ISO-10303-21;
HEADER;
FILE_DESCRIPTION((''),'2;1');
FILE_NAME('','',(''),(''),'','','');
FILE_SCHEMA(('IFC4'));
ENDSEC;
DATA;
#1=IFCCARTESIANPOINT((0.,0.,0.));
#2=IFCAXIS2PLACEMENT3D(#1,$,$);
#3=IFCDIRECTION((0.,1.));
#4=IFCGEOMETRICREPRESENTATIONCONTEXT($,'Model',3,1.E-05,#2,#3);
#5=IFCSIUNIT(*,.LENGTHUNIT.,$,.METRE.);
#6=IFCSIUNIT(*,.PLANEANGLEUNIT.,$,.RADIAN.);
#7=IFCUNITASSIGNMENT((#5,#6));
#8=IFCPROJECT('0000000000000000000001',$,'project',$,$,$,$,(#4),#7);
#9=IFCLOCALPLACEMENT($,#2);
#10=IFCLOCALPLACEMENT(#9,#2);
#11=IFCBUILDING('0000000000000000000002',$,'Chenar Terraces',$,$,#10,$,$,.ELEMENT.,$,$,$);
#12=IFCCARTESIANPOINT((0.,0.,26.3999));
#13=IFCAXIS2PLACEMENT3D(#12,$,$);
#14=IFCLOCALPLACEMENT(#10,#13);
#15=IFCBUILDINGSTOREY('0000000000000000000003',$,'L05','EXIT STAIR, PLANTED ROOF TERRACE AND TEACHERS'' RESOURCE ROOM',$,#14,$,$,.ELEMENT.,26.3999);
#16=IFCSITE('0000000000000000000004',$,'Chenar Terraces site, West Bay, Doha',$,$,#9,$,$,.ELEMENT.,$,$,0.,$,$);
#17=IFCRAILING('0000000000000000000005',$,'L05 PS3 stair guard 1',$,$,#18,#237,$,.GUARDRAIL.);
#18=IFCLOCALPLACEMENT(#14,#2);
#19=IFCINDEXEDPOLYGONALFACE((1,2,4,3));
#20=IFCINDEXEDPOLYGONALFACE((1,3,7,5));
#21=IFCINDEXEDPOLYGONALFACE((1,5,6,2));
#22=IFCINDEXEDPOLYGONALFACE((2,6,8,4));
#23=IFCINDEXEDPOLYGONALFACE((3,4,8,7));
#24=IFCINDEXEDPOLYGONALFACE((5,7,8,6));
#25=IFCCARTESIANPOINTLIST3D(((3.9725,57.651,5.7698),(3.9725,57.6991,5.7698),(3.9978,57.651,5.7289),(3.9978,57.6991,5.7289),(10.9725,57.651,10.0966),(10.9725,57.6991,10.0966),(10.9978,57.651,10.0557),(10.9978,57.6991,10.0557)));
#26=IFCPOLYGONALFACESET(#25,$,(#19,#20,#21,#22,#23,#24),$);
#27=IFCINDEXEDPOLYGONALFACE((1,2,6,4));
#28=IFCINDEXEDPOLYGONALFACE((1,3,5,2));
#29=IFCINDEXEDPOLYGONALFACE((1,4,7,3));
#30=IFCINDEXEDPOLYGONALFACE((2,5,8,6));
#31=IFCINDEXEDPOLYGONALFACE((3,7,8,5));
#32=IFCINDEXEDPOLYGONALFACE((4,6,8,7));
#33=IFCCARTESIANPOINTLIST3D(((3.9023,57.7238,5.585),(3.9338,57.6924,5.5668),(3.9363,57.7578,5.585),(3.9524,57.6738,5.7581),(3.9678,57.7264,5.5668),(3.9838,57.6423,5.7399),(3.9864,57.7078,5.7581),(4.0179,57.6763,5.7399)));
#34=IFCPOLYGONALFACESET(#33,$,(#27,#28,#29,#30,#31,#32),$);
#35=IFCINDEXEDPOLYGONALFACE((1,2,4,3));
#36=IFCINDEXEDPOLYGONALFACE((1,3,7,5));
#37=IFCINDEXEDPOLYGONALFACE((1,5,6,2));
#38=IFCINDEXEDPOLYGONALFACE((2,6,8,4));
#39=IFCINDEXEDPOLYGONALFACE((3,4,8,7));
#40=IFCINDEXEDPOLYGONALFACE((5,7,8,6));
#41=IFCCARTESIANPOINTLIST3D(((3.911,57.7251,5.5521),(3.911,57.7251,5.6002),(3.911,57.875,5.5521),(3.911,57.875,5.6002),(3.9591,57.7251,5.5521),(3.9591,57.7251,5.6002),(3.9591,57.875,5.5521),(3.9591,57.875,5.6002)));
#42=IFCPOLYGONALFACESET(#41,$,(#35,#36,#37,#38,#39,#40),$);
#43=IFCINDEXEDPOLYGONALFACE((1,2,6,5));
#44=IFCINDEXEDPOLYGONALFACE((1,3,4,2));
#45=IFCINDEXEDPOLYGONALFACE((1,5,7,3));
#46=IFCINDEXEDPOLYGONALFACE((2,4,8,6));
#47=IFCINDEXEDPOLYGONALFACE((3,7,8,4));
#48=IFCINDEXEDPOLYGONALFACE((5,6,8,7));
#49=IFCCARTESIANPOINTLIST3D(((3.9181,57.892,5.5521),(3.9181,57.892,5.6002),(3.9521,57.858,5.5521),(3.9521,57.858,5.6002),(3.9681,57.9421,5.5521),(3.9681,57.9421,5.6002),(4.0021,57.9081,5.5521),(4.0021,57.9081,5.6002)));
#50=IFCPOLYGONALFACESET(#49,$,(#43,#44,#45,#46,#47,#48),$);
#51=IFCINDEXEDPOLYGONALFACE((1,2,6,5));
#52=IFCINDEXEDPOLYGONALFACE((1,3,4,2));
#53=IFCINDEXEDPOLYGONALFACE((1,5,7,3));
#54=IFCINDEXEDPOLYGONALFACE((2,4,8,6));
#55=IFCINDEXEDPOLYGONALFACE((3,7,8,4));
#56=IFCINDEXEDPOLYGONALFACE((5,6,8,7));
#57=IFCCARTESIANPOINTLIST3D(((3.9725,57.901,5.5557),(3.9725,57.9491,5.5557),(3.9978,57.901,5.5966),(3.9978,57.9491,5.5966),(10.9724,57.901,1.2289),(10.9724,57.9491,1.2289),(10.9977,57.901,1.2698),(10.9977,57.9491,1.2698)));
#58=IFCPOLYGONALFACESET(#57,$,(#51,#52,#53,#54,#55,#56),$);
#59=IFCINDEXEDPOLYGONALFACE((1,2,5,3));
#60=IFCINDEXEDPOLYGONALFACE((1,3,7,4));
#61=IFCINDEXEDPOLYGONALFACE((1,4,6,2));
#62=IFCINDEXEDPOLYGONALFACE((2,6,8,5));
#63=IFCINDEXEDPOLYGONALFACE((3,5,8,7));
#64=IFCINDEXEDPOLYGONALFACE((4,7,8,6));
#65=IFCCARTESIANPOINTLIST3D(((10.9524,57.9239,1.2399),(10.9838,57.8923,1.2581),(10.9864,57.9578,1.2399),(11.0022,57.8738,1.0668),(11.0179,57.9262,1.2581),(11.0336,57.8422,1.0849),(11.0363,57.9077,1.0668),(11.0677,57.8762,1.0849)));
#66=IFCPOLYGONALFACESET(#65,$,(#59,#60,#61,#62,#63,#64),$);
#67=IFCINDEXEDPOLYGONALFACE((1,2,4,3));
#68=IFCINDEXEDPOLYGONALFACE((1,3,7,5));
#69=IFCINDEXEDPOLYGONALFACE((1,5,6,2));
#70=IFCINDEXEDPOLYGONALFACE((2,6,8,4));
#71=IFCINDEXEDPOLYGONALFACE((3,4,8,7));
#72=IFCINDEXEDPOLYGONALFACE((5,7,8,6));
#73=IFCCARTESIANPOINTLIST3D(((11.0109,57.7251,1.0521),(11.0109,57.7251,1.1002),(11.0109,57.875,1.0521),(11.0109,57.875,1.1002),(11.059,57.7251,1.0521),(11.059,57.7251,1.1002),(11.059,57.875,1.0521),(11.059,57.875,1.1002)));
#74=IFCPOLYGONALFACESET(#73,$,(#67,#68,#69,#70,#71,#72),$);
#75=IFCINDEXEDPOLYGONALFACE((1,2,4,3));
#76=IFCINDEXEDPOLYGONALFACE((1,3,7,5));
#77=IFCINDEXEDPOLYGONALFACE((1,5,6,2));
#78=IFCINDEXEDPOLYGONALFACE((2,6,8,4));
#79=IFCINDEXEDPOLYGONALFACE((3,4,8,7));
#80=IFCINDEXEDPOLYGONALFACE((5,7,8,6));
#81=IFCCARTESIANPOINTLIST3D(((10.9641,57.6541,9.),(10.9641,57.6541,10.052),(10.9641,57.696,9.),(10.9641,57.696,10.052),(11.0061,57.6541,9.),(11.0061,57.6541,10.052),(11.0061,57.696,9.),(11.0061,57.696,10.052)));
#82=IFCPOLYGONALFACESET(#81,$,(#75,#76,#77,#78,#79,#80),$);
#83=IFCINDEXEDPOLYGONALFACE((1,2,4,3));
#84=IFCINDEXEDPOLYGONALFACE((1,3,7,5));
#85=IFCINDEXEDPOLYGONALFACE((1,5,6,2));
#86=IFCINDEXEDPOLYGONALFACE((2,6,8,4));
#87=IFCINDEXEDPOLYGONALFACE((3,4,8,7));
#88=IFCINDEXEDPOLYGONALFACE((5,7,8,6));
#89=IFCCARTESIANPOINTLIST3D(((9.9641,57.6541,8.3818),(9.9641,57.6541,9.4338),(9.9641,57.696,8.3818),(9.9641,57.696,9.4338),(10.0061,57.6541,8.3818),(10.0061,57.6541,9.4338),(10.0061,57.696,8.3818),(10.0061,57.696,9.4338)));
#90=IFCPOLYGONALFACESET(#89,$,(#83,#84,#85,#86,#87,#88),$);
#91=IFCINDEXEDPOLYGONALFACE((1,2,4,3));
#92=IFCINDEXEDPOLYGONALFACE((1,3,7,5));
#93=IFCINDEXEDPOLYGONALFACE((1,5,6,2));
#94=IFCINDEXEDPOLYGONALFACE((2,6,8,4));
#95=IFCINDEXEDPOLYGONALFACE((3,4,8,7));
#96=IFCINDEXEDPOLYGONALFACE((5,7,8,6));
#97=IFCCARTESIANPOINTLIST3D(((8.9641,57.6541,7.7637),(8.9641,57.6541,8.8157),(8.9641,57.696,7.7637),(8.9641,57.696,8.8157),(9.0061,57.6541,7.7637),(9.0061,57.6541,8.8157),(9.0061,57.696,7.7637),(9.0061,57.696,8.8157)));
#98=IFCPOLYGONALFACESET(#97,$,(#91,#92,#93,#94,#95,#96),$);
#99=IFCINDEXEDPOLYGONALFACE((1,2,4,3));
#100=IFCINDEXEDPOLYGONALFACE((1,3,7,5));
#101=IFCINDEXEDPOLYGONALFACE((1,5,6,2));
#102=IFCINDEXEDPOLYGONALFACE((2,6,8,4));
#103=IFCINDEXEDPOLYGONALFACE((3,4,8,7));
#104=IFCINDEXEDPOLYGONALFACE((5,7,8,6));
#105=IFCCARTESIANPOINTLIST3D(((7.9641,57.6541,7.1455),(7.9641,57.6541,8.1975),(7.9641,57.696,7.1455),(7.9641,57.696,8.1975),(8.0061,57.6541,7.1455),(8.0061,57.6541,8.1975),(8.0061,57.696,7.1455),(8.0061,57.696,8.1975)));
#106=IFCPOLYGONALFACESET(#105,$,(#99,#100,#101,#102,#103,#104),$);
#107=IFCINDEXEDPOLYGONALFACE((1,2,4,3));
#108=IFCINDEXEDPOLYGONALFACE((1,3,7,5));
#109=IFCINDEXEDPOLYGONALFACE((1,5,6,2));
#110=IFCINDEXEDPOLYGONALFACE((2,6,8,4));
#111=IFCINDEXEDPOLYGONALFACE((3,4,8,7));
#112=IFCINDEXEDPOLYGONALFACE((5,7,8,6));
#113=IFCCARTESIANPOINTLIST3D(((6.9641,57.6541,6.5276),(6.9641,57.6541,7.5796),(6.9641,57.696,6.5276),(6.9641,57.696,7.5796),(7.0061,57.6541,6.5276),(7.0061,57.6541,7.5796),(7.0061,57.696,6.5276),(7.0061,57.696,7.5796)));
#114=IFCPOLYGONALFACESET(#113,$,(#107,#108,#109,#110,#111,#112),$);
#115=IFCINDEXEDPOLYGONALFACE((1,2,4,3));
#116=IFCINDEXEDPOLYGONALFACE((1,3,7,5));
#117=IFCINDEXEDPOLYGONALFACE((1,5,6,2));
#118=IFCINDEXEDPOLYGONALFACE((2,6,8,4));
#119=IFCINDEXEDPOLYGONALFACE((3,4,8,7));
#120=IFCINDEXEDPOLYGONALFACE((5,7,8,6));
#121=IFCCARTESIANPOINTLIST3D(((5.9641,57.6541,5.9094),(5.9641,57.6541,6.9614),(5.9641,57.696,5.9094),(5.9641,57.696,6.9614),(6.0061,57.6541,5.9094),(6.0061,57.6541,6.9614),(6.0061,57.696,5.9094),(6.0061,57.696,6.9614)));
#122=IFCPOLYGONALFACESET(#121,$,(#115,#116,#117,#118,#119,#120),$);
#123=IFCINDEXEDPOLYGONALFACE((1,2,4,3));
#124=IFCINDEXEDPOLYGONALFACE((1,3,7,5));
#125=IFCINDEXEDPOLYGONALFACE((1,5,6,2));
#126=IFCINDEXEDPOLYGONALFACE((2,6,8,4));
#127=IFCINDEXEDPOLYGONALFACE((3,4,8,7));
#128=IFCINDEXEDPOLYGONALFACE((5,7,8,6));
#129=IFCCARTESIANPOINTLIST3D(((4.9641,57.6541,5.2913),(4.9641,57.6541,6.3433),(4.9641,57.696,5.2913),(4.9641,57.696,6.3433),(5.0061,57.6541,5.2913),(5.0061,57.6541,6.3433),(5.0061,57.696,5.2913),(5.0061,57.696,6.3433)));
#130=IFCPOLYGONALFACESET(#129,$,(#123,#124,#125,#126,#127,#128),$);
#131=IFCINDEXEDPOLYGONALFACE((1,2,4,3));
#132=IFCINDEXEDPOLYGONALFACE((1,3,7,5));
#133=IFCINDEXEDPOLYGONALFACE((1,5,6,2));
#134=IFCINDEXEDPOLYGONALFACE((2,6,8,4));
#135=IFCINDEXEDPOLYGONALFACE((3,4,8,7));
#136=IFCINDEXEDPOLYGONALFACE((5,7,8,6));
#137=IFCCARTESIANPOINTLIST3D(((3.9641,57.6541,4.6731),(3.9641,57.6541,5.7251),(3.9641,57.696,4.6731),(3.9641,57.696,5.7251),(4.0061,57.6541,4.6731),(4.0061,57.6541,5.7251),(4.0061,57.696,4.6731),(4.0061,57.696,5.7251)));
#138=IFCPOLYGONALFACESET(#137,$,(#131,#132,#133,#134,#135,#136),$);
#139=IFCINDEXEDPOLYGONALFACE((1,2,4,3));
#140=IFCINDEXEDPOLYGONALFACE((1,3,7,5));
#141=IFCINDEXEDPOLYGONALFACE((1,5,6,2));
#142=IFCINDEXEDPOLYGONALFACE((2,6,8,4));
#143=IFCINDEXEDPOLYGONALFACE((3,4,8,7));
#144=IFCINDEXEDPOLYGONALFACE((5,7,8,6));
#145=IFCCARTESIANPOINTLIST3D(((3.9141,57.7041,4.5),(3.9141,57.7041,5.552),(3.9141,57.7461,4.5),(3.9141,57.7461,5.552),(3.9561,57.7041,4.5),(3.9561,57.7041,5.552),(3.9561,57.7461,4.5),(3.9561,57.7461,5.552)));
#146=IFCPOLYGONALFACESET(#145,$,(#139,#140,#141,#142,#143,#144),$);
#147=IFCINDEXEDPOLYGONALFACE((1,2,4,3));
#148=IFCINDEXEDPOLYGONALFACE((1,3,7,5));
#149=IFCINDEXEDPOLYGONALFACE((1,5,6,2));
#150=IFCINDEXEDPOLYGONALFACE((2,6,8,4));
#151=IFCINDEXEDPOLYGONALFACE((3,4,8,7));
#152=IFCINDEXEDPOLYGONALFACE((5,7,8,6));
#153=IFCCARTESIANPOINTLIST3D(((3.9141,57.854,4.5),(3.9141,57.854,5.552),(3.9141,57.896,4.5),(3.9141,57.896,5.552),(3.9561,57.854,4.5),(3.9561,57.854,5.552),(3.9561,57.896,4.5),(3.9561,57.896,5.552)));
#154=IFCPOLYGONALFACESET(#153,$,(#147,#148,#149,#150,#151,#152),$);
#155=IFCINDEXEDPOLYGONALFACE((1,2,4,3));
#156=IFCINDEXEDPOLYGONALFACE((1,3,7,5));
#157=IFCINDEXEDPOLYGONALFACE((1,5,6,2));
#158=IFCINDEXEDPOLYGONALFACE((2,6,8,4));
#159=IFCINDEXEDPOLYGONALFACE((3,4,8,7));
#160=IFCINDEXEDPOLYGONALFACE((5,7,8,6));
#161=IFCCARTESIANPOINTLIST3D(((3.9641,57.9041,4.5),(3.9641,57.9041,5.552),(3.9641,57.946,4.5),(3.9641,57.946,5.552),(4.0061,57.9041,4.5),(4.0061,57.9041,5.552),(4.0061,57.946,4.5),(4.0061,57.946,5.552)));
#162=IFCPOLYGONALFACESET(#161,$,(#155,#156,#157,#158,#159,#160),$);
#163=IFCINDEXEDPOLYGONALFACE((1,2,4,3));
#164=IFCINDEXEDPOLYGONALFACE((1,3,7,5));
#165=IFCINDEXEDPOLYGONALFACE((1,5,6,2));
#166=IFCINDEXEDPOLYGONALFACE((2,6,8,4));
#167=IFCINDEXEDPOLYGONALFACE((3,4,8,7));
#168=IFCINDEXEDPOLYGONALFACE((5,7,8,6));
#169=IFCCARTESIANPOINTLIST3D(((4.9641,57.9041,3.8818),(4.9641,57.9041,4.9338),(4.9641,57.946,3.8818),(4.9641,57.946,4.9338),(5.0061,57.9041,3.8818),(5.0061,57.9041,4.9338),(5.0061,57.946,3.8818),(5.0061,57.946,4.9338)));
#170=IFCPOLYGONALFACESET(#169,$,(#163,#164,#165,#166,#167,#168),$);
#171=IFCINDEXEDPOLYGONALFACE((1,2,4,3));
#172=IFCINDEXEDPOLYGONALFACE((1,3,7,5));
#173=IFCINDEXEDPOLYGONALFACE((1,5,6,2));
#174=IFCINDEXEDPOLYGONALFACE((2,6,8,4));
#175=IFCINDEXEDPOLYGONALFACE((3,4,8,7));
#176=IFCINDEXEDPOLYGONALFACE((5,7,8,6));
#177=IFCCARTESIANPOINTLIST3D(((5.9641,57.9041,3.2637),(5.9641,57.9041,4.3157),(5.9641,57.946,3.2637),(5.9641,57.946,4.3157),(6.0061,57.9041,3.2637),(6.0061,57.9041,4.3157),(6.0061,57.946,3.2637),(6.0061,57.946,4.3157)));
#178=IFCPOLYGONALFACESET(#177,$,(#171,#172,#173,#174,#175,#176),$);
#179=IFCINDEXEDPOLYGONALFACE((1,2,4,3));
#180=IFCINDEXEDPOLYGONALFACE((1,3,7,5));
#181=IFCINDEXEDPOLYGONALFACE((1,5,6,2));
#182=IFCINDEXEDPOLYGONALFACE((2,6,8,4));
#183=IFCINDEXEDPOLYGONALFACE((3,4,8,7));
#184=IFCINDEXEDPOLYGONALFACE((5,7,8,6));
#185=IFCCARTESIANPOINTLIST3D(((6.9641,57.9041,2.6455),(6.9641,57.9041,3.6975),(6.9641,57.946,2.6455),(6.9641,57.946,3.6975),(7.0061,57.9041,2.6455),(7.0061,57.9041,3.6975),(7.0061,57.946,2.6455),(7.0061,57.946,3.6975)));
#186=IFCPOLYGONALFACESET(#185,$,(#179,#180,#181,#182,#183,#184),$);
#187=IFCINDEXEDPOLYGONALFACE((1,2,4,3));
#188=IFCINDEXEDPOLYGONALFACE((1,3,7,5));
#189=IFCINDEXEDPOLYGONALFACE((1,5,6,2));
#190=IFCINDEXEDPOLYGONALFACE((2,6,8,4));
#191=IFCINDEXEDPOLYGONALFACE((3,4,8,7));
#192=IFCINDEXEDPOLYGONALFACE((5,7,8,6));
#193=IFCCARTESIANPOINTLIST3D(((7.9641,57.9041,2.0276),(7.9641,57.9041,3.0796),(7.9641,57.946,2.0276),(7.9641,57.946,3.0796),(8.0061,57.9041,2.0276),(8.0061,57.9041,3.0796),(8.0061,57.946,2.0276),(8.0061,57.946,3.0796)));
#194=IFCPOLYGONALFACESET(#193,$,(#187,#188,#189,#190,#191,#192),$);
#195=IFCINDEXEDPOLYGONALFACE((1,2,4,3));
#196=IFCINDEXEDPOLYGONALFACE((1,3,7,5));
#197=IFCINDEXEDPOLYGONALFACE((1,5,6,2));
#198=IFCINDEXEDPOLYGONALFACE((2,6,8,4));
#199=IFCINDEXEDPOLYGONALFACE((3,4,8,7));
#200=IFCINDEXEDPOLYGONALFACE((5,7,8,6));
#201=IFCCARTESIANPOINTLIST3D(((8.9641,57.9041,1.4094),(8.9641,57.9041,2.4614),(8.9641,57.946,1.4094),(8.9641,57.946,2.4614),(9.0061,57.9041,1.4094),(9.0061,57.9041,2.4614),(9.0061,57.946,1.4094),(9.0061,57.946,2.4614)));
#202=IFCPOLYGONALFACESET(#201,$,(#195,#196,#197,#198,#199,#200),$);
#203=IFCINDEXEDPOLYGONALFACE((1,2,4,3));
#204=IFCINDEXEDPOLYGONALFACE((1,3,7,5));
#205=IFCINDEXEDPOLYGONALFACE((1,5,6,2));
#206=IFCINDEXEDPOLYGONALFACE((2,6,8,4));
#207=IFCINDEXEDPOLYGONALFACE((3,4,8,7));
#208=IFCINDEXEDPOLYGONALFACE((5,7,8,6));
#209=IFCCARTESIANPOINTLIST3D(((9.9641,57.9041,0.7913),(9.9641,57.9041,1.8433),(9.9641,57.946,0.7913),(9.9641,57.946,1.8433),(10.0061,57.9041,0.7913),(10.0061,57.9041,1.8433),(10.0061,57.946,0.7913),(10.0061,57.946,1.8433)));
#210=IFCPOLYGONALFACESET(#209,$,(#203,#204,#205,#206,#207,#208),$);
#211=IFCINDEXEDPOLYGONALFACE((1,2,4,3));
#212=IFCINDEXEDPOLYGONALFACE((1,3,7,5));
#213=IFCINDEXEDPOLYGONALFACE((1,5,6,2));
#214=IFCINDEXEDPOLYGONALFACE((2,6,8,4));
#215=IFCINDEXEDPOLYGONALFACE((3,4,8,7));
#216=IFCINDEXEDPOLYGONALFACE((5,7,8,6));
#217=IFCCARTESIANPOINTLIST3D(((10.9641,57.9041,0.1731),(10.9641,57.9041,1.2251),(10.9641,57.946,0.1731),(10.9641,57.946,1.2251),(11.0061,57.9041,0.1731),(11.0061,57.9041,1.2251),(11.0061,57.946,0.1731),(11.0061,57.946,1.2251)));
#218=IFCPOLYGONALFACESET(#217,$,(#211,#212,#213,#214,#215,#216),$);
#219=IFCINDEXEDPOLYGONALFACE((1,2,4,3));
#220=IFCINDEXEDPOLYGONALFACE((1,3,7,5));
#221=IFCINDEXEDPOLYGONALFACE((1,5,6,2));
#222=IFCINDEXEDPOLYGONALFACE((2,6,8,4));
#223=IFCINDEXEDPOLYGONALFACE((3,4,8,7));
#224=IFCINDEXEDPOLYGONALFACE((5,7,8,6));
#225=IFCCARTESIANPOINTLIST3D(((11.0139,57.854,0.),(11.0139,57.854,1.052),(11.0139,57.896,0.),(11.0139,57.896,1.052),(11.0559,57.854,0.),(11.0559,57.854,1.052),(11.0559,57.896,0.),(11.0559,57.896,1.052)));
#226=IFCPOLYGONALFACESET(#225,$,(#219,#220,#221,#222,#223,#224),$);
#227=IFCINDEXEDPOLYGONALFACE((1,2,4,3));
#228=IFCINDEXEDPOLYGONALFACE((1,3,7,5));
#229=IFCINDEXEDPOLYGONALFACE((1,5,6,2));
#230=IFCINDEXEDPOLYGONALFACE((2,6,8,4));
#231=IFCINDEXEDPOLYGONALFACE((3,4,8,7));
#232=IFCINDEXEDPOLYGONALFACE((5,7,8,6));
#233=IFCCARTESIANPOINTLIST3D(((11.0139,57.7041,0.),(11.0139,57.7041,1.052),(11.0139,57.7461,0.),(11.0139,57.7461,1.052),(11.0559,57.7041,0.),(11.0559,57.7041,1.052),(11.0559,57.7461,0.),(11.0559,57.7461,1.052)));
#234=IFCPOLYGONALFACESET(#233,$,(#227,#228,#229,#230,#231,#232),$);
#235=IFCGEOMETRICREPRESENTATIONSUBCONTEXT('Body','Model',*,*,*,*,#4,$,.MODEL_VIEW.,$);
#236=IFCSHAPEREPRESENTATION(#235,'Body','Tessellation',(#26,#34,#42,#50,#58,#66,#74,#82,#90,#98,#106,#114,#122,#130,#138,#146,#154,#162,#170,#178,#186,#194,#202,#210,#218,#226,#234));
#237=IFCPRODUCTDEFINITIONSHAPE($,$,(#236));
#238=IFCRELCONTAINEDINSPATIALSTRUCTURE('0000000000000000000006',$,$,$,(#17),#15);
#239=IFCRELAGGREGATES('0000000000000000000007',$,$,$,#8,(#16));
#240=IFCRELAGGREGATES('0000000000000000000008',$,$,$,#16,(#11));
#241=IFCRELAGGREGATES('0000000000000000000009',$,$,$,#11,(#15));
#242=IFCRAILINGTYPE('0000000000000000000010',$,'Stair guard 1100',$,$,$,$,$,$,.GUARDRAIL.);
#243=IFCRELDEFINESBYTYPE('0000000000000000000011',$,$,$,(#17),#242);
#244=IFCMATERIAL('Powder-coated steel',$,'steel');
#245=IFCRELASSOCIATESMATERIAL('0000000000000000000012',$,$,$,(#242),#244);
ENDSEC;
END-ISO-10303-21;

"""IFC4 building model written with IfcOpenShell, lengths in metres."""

from ifc_helpers import new_model, si_unit, direction, frame, origin, origin_2d, place, context, subcontext, project, spatial, rectangle, extrude, material, type_object, element, save


model = new_model("IFC4")

# Units and contexts
model_context = context("Model", 3, precision=1e-05, world=origin(), true_north=direction((0.0, 1.0)))
body_context = subcontext(model_context, "Body", "Model", "MODEL_VIEW")
ifc_project = project(units=[si_unit("LENGTHUNIT", "METRE"), si_unit("PLANEANGLEUNIT", "RADIAN")], contexts=[model_context])

# Site, building, storey
site_placement = place(None, origin())
site = spatial("IfcSite", under=ifc_project, at=site_placement, Name="Chenar Terraces site, West Bay, Doha", CompositionType="ELEMENT", RefElevation=0.0)
building_placement = place(site_placement, origin())
building = spatial("IfcBuilding", under=site, at=building_placement, Name="Chenar Terraces", CompositionType="ELEMENT")
storey_placement = place(building_placement, frame((0.0, 0.0, 26.3999)))
storey = spatial("IfcBuildingStorey", under=building, at=storey_placement, Name="L05", Description="EXIT STAIR, PLANTED ROOF TERRACE AND TEACHERS' RESOURCE ROOM", CompositionType="ELEMENT", Elevation=26.3999)

# Railing
ifc_material_1 = material(Name="Powder-coated steel", Category="steel")
railing_type_1 = type_object("IfcRailingType", Name="Stair guard 1100", PredefinedType="GUARDRAIL", material=ifc_material_1)
railing_1_placement = place(storey_placement, frame((10.9851, 57.675, 9.0)))
element("IfcRailing", 1, at=railing_1_placement, inside=storey, type_object=railing_type_1, Name="L05 PS3 stair guard 1", PredefinedType="GUARDRAIL", context=body_context, shape_type="SweptSolid", body=[
    extrude(rectangle(XDim=0.0481, YDim=0.0481, at=origin_2d()), frame((0.0, 0.0, 1.0762), z_axis=(-0.850615, 0.0, -0.52579), x_axis=(0.0, -1.0, 0.0)), (0.0, 0.0, 1.0), 8.2292),
    extrude(rectangle(XDim=0.0481, YDim=0.0481, at=origin_2d()), frame((-7.0, 0.0, -3.251), z_axis=(-0.26763, 0.26763, -0.925607), x_axis=(-0.707107, -0.707107, 0.0)), (0.0, 0.0, 1.0), 0.187),
    extrude(rectangle(XDim=0.0481, YDim=0.0481, at=origin_2d()), frame((-7.05, 0.05, -3.4238), z_axis=(0.0, 1.0, 0.0), x_axis=(-1.0, 0.0, 0.0)), (0.0, 0.0, 1.0), 0.1499),
    extrude(rectangle(XDim=0.0481, YDim=0.0481, at=origin_2d()), frame((-7.05, 0.2, -3.4238), z_axis=(0.707107, 0.707107, 0.0), x_axis=(-0.707107, 0.707107, 0.0)), (0.0, 0.0, 1.0), 0.0708),
    extrude(rectangle(XDim=0.0481, YDim=0.0481, at=origin_2d()), frame((-7.0, 0.25, -3.4238), z_axis=(0.850615, 0.0, -0.52579), x_axis=(0.0, 1.0, 0.0)), (0.0, 0.0, 1.0), 8.2292),
    extrude(rectangle(XDim=0.0481, YDim=0.0481, at=origin_2d()), frame((0.0, 0.25, -7.751), z_axis=(0.266417, -0.267723, -0.92593), x_axis=(0.708834, 0.705376, 0.0)), (0.0, 0.0, 1.0), 0.187),
    extrude(rectangle(XDim=0.0481, YDim=0.0481, at=origin_2d()), frame((0.0498, 0.2, -7.9238), z_axis=(0.0, -1.0, 0.0), x_axis=(1.0, 0.0, 0.0)), (0.0, 0.0, 1.0), 0.1499),
    extrude(rectangle(XDim=0.042, YDim=0.042, at=origin_2d()), origin(), (0.0, 0.0, 1.0), 1.052),
    extrude(rectangle(XDim=0.042, YDim=0.042, at=origin_2d()), frame((-1.0, 0.0, -0.6182)), (0.0, 0.0, 1.0), 1.052),
    extrude(rectangle(XDim=0.042, YDim=0.042, at=origin_2d()), frame((-2.0, 0.0, -1.2363)), (0.0, 0.0, 1.0), 1.052),
    extrude(rectangle(XDim=0.042, YDim=0.042, at=origin_2d()), frame((-3.0, 0.0, -1.8545)), (0.0, 0.0, 1.0), 1.052),
    extrude(rectangle(XDim=0.042, YDim=0.042, at=origin_2d()), frame((-4.0, 0.0, -2.4724)), (0.0, 0.0, 1.0), 1.052),
    extrude(rectangle(XDim=0.042, YDim=0.042, at=origin_2d()), frame((-5.0, 0.0, -3.0906)), (0.0, 0.0, 1.0), 1.052),
    extrude(rectangle(XDim=0.042, YDim=0.042, at=origin_2d()), frame((-6.0, 0.0, -3.7087)), (0.0, 0.0, 1.0), 1.052),
    extrude(rectangle(XDim=0.042, YDim=0.042, at=origin_2d()), frame((-7.0, 0.0, -4.3269)), (0.0, 0.0, 1.0), 1.052),
    extrude(rectangle(XDim=0.042, YDim=0.042, at=origin_2d()), frame((-7.05, 0.05, -4.5)), (0.0, 0.0, 1.0), 1.052),
    extrude(rectangle(XDim=0.042, YDim=0.042, at=origin_2d()), frame((-7.05, 0.2, -4.5)), (0.0, 0.0, 1.0), 1.052),
    extrude(rectangle(XDim=0.042, YDim=0.042, at=origin_2d()), frame((-7.0, 0.25, -4.5)), (0.0, 0.0, 1.0), 1.052),
    extrude(rectangle(XDim=0.042, YDim=0.042, at=origin_2d()), frame((-6.0, 0.25, -5.1182)), (0.0, 0.0, 1.0), 1.052),
    extrude(rectangle(XDim=0.042, YDim=0.042, at=origin_2d()), frame((-5.0, 0.25, -5.7363)), (0.0, 0.0, 1.0), 1.052),
    extrude(rectangle(XDim=0.042, YDim=0.042, at=origin_2d()), frame((-4.0, 0.25, -6.3545)), (0.0, 0.0, 1.0), 1.052),
    extrude(rectangle(XDim=0.042, YDim=0.042, at=origin_2d()), frame((-3.0, 0.25, -6.9724)), (0.0, 0.0, 1.0), 1.052),
    extrude(rectangle(XDim=0.042, YDim=0.042, at=origin_2d()), frame((-2.0, 0.25, -7.5906)), (0.0, 0.0, 1.0), 1.052),
    extrude(rectangle(XDim=0.042, YDim=0.042, at=origin_2d()), frame((-1.0, 0.25, -8.2087)), (0.0, 0.0, 1.0), 1.052),
    extrude(rectangle(XDim=0.042, YDim=0.042, at=origin_2d()), frame((0.0, 0.25, -8.8269)), (0.0, 0.0, 1.0), 1.052),
    extrude(rectangle(XDim=0.042, YDim=0.042, at=origin_2d()), frame((0.0498, 0.2, -9.0)), (0.0, 0.0, 1.0), 1.052),
    extrude(rectangle(XDim=0.042, YDim=0.042, at=origin_2d()), frame((0.0498, 0.05, -9.0)), (0.0, 0.0, 1.0), 1.052),
])

save(model, "model.ifc")
